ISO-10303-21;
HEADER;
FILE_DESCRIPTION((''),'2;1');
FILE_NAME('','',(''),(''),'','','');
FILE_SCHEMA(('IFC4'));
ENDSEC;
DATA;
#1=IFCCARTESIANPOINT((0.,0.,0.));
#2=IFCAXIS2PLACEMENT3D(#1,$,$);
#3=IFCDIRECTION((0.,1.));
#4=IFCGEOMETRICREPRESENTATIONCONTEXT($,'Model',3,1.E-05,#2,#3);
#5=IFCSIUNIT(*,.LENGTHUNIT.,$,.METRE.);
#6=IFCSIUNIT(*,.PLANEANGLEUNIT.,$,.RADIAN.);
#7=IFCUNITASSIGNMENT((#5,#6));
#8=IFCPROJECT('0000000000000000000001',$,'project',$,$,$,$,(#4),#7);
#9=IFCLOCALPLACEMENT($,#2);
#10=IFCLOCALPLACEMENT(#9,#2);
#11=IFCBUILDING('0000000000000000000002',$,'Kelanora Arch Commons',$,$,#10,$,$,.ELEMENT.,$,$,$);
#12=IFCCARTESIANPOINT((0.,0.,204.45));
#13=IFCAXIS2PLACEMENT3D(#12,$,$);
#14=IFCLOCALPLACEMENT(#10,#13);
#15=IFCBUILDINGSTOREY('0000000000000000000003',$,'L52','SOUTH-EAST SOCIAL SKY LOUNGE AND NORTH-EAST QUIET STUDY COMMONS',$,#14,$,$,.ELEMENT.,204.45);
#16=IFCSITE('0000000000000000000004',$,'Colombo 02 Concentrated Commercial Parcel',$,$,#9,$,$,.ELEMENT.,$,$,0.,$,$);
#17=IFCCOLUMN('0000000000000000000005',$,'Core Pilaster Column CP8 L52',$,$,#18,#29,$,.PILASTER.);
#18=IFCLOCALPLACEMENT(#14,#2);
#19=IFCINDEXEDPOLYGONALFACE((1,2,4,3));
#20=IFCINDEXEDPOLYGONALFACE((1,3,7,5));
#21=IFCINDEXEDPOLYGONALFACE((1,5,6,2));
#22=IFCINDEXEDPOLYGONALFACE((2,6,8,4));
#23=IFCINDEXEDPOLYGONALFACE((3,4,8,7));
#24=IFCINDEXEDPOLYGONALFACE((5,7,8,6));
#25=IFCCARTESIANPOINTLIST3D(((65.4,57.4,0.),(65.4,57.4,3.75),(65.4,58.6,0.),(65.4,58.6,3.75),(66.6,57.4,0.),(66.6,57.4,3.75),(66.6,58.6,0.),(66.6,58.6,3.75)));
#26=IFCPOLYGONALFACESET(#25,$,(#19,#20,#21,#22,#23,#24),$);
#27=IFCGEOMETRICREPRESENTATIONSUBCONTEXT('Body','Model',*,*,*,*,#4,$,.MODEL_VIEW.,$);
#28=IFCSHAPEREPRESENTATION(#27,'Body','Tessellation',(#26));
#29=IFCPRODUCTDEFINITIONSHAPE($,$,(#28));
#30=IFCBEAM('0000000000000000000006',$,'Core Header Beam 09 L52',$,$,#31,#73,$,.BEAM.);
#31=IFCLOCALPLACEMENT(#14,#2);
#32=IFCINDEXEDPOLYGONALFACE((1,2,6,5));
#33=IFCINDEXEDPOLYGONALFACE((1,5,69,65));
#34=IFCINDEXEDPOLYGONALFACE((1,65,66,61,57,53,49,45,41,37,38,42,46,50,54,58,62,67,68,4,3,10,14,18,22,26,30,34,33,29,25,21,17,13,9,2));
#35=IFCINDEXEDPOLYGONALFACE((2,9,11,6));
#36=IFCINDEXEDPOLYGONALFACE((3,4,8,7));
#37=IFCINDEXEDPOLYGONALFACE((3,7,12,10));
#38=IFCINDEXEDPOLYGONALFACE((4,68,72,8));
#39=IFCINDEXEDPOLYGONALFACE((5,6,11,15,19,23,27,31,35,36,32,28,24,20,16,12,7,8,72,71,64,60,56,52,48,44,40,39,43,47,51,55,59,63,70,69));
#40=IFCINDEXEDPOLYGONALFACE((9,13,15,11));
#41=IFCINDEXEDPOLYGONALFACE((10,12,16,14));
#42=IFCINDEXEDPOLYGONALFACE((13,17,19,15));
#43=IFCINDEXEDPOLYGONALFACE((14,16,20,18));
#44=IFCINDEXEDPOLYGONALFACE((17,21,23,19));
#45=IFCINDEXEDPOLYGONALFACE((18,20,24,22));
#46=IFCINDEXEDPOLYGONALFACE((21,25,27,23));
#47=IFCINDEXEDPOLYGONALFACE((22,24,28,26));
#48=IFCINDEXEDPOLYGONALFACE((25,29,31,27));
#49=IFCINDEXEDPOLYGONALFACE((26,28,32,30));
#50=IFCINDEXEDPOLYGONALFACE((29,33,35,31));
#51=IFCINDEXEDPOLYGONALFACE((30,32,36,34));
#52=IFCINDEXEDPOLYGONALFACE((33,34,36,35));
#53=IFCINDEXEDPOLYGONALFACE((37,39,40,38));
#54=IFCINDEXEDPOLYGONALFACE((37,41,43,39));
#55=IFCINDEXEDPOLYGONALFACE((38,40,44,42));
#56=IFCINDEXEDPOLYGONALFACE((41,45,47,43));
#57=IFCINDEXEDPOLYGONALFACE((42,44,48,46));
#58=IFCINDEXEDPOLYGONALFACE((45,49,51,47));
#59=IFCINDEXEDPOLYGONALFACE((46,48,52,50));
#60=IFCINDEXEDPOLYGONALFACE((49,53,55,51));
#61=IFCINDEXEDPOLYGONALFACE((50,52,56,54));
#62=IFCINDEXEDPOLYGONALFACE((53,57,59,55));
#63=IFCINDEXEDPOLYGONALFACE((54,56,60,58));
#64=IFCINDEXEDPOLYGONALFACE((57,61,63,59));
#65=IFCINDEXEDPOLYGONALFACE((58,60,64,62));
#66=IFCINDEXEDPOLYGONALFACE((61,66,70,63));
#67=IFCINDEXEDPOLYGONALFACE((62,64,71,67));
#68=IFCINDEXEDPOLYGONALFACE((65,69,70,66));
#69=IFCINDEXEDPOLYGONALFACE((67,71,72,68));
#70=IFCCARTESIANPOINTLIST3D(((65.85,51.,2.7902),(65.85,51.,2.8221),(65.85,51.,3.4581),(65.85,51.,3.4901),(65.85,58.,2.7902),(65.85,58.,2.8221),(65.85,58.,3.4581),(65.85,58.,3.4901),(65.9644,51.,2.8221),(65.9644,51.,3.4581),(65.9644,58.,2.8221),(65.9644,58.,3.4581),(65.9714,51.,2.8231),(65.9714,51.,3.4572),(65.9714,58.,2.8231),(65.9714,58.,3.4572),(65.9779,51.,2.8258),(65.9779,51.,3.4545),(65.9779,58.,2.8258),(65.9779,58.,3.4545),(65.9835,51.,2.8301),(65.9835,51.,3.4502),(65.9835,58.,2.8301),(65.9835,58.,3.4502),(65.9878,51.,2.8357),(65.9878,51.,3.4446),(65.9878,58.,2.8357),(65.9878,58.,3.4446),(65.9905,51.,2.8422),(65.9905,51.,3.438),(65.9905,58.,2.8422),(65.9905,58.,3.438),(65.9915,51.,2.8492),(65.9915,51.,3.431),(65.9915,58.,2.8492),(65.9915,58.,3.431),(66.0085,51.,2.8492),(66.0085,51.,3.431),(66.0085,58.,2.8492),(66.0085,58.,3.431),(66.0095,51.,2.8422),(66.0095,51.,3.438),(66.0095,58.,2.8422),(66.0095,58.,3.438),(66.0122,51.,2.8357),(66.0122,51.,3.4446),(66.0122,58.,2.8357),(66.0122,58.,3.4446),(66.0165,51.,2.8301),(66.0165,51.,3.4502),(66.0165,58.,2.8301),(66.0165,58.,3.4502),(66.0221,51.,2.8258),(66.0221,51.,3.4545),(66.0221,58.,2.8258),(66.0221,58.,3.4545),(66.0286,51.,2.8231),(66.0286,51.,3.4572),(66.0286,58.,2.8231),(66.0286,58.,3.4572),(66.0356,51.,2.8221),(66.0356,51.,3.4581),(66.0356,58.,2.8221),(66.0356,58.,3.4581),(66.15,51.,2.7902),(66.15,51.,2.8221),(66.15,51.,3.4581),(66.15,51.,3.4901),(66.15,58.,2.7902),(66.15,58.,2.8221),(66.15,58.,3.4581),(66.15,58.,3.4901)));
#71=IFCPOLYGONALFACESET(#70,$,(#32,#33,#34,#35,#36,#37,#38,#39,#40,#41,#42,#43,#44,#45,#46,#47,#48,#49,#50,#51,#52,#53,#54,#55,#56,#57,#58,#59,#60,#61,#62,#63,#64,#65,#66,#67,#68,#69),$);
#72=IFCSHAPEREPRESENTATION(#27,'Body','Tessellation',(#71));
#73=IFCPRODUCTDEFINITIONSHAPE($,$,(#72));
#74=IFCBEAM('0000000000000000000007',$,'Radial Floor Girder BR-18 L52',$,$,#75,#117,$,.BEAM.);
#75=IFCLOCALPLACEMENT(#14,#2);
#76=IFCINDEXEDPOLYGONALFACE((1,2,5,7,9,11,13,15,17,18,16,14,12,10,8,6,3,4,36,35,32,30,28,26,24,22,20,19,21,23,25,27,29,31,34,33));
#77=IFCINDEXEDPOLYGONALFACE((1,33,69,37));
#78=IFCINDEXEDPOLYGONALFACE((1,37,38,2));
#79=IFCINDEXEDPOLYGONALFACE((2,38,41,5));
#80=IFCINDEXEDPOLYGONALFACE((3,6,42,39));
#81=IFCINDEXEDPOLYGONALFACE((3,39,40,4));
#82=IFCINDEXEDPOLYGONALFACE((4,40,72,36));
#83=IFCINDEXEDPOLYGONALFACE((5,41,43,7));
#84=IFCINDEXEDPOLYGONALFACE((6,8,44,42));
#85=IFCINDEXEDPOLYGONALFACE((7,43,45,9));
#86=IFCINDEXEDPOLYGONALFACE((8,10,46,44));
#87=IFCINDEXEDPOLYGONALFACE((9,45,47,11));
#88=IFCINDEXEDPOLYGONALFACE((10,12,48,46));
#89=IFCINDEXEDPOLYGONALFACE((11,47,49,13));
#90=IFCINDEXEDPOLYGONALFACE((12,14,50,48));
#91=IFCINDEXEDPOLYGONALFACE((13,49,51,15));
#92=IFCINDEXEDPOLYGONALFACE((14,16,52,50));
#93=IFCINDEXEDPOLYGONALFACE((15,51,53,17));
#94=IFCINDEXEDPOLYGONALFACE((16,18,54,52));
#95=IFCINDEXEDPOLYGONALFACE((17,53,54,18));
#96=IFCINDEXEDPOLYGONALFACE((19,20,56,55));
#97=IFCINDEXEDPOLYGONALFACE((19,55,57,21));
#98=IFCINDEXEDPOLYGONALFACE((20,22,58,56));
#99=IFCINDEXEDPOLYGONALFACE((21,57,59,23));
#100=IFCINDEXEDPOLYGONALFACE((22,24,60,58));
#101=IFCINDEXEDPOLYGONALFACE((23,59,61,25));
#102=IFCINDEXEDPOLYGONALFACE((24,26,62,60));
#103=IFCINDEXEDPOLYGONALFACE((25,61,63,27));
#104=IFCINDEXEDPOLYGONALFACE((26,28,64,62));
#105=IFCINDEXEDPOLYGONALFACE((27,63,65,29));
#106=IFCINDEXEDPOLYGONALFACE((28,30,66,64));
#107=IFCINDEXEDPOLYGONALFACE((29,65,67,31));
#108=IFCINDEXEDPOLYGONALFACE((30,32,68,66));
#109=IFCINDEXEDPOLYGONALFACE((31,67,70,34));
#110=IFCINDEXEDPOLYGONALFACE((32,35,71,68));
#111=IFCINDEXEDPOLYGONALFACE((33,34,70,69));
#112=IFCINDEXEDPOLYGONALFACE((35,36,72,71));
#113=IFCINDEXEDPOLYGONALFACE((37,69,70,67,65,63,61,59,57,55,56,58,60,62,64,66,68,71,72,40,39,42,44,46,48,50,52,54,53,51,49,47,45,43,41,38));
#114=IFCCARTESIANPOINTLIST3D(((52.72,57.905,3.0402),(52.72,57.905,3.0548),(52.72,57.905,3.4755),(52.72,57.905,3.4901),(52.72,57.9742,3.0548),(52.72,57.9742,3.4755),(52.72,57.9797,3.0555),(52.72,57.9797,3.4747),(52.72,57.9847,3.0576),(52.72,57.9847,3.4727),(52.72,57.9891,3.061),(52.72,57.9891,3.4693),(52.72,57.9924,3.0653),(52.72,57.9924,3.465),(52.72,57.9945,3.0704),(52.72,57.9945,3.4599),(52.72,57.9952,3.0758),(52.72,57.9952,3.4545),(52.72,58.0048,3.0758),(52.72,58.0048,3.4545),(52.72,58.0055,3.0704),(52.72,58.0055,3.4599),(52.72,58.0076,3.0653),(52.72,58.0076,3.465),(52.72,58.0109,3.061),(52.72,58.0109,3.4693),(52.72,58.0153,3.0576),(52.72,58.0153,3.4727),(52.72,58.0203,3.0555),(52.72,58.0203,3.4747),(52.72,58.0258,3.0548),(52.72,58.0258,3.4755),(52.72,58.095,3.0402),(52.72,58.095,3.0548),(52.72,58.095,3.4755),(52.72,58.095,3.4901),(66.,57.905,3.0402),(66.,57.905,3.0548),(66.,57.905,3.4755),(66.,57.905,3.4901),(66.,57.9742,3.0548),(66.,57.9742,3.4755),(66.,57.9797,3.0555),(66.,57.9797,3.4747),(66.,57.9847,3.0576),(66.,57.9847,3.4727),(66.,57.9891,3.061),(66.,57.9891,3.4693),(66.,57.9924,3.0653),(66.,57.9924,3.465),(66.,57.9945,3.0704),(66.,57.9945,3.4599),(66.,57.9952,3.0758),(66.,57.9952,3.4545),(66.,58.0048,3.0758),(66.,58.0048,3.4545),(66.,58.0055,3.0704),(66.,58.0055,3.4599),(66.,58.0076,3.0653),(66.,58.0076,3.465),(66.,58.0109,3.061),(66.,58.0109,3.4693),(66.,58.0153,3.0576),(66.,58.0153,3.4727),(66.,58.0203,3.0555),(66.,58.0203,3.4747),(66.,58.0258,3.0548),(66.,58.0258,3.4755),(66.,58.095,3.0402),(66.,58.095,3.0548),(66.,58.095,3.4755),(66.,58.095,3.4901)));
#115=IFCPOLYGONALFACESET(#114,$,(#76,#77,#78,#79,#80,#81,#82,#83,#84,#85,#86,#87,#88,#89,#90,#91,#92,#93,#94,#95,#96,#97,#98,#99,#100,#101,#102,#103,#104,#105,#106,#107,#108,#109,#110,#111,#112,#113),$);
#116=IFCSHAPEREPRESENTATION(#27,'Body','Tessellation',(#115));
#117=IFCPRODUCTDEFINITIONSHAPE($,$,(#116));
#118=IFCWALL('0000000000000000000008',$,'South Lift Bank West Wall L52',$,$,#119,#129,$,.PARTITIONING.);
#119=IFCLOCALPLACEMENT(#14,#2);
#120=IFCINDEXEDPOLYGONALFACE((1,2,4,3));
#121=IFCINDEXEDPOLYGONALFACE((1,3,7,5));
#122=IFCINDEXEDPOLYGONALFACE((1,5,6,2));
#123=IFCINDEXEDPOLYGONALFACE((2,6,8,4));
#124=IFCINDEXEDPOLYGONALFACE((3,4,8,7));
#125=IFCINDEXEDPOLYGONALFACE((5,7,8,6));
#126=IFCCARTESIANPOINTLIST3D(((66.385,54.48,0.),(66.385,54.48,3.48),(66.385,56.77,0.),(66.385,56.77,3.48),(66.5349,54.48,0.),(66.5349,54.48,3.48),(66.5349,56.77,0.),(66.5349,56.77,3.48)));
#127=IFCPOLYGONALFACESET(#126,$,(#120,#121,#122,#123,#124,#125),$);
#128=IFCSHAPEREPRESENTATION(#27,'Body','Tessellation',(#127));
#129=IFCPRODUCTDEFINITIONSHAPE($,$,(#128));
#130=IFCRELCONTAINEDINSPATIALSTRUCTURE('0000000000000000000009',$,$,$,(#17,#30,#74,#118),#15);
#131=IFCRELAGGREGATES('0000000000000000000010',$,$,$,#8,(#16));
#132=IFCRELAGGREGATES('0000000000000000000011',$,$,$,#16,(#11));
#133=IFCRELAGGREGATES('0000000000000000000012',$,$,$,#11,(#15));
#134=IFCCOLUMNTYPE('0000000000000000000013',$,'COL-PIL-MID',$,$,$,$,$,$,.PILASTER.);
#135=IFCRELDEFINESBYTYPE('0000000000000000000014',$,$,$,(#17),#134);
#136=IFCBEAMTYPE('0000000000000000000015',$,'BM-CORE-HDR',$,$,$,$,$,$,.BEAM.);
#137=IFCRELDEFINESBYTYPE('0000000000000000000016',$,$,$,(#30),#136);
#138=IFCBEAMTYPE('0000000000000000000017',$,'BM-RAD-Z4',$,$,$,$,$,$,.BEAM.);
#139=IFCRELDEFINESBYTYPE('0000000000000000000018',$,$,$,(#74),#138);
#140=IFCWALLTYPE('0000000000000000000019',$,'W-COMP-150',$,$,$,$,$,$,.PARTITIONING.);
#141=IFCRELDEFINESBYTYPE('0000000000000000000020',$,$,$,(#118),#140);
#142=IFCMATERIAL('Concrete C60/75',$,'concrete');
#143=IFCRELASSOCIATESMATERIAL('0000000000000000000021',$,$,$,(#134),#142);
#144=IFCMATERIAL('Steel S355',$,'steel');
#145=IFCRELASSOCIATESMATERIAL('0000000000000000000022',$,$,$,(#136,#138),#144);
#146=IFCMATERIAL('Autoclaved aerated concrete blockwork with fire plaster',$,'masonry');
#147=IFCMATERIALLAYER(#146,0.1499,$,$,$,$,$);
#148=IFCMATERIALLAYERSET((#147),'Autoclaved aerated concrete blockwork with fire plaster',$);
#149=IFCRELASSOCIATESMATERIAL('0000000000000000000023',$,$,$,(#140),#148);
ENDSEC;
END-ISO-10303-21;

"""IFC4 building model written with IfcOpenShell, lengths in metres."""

from ifc_helpers import new_model, si_unit, direction, frame, frame_2d, origin, origin_2d, place, context, subcontext, project, spatial, rectangle, i_section, extrude, material, layer, layer_set, material_profile, profile_set, type_object, element, save


model = new_model("IFC4")

# Units and contexts
model_context = context("Model", 3, precision=1e-05, world=origin(), true_north=direction((0.0, 1.0)))
body_context = subcontext(model_context, "Body", "Model", "MODEL_VIEW")
ifc_project = project(units=[si_unit("LENGTHUNIT", "METRE"), si_unit("PLANEANGLEUNIT", "RADIAN")], contexts=[model_context])

# Site, building, storey
site_placement = place(None, origin())
site = spatial("IfcSite", under=ifc_project, at=site_placement, Name="Colombo 02 Concentrated Commercial Parcel", CompositionType="ELEMENT", RefElevation=0.0)
building_placement = place(site_placement, origin())
building = spatial("IfcBuilding", under=site, at=building_placement, Name="Kelanora Arch Commons", CompositionType="ELEMENT")
storey_placement = place(building_placement, frame((0.0, 0.0, 204.45)))
storey = spatial("IfcBuildingStorey", under=building, at=storey_placement, Name="L52", Description="SOUTH-EAST SOCIAL SKY LOUNGE AND NORTH-EAST QUIET STUDY COMMONS", CompositionType="ELEMENT", Elevation=204.45)

# Column
ifc_material_1 = material(Name="Concrete C60/75", Category="concrete")
ifc_material_profile_1 = material_profile(ifc_material_1, rectangle(XDim=1.2, YDim=1.2, at=origin_2d()), Name="RC1200x1200")
ifc_profile_set_1 = profile_set([ifc_material_profile_1], Name="Concrete C60/75")
column_type = type_object("IfcColumnType", Name="COL-PIL-MID", PredefinedType="PILASTER", material=ifc_profile_set_1)
column_placement = place(storey_placement, frame((66.0, 58.0, 0.0), z_axis=(0.0, 0.0, 1.0), x_axis=(1.0, 0.0, 0.0)))
element("IfcColumn", 1, at=column_placement, inside=storey, type_object=column_type, Name="Core Pilaster Column CP8 L52", PredefinedType="PILASTER", context=body_context, shape_type="SweptSolid", body=[
    extrude(rectangle(XDim=1.2, YDim=1.2, at=origin_2d()), origin(), (0.0, 0.0, 1.0), 3.75),
])

# Beams
ifc_material_2 = material(Name="Steel S355", Category="steel")
ifc_material_profile_2 = material_profile(ifc_material_2, i_section(OverallWidth=0.3, OverallDepth=0.7, WebThickness=0.0171, FlangeThickness=0.032, FilletRadius=0.0271, at=origin_2d()), Name="HEB700")
ifc_profile_set_2 = profile_set([ifc_material_profile_2], Name="Steel S355")
beam_type_1 = type_object("IfcBeamType", Name="BM-CORE-HDR", PredefinedType="BEAM", material=ifc_profile_set_2)
beam_1_placement = place(storey_placement, frame((66.0, 58.0, 3.1401), z_axis=(0.0, -1.0, 0.0), x_axis=(1.0, 0.0, 0.0)))
element("IfcBeam", 2, at=beam_1_placement, inside=storey, type_object=beam_type_1, Name="Core Header Beam 09 L52", PredefinedType="BEAM", context=body_context, shape_type="SweptSolid", body=[
    extrude(i_section(OverallWidth=0.3, OverallDepth=0.7, WebThickness=0.0171, FlangeThickness=0.032, FilletRadius=0.0271, at=origin_2d()), origin(), (0.0, 0.0, 1.0), 7.0),
])
ifc_material_profile_3 = material_profile(ifc_material_2, i_section(OverallWidth=0.1899, OverallDepth=0.45, WebThickness=0.0095, FlangeThickness=0.0146, FilletRadius=0.021, at=origin_2d()), Name="IPE450")
ifc_profile_set_3 = profile_set([ifc_material_profile_3], Name="Steel S355")
beam_type_2 = type_object("IfcBeamType", Name="BM-RAD-Z4", PredefinedType="BEAM", material=ifc_profile_set_3)
beam_2_placement = place(storey_placement, frame((66.0, 58.0, 3.2651), z_axis=(-1.0, 0.0, 0.0), x_axis=(0.0, -1.0, 0.0)))
element("IfcBeam", 3, at=beam_2_placement, inside=storey, type_object=beam_type_2, Name="Radial Floor Girder BR-18 L52", PredefinedType="BEAM", context=body_context, shape_type="SweptSolid", body=[
    extrude(i_section(OverallWidth=0.1899, OverallDepth=0.45, WebThickness=0.0095, FlangeThickness=0.0146, FilletRadius=0.021, at=origin_2d()), origin(), (0.0, 0.0, 1.0), 13.28),
])

# Wall
ifc_material_3 = material(Name="Autoclaved aerated concrete blockwork with fire plaster", Category="masonry")
ifc_layer_1 = layer(ifc_material_3, 0.1499)
ifc_layer_set_1 = layer_set([ifc_layer_1], Name="Autoclaved aerated concrete blockwork with fire plaster")
wall_type_1 = type_object("IfcWallType", Name="W-COMP-150", PredefinedType="PARTITIONING", material=ifc_layer_set_1)
wall_1_placement = place(storey_placement, frame((66.46, 54.48, 0.0), z_axis=(0.0, 0.0, 1.0), x_axis=(0.0, 1.0, 0.0)))
element("IfcWall", 4, at=wall_1_placement, inside=storey, type_object=wall_type_1, Name="South Lift Bank West Wall L52", PredefinedType="PARTITIONING", context=body_context, shape_type="SweptSolid", body=[
    extrude(rectangle(XDim=2.29, YDim=0.1499, at=frame_2d((1.145, 0.0))), origin(), (0.0, 0.0, 1.0), 3.48),
])

save(model, "model.ifc")
